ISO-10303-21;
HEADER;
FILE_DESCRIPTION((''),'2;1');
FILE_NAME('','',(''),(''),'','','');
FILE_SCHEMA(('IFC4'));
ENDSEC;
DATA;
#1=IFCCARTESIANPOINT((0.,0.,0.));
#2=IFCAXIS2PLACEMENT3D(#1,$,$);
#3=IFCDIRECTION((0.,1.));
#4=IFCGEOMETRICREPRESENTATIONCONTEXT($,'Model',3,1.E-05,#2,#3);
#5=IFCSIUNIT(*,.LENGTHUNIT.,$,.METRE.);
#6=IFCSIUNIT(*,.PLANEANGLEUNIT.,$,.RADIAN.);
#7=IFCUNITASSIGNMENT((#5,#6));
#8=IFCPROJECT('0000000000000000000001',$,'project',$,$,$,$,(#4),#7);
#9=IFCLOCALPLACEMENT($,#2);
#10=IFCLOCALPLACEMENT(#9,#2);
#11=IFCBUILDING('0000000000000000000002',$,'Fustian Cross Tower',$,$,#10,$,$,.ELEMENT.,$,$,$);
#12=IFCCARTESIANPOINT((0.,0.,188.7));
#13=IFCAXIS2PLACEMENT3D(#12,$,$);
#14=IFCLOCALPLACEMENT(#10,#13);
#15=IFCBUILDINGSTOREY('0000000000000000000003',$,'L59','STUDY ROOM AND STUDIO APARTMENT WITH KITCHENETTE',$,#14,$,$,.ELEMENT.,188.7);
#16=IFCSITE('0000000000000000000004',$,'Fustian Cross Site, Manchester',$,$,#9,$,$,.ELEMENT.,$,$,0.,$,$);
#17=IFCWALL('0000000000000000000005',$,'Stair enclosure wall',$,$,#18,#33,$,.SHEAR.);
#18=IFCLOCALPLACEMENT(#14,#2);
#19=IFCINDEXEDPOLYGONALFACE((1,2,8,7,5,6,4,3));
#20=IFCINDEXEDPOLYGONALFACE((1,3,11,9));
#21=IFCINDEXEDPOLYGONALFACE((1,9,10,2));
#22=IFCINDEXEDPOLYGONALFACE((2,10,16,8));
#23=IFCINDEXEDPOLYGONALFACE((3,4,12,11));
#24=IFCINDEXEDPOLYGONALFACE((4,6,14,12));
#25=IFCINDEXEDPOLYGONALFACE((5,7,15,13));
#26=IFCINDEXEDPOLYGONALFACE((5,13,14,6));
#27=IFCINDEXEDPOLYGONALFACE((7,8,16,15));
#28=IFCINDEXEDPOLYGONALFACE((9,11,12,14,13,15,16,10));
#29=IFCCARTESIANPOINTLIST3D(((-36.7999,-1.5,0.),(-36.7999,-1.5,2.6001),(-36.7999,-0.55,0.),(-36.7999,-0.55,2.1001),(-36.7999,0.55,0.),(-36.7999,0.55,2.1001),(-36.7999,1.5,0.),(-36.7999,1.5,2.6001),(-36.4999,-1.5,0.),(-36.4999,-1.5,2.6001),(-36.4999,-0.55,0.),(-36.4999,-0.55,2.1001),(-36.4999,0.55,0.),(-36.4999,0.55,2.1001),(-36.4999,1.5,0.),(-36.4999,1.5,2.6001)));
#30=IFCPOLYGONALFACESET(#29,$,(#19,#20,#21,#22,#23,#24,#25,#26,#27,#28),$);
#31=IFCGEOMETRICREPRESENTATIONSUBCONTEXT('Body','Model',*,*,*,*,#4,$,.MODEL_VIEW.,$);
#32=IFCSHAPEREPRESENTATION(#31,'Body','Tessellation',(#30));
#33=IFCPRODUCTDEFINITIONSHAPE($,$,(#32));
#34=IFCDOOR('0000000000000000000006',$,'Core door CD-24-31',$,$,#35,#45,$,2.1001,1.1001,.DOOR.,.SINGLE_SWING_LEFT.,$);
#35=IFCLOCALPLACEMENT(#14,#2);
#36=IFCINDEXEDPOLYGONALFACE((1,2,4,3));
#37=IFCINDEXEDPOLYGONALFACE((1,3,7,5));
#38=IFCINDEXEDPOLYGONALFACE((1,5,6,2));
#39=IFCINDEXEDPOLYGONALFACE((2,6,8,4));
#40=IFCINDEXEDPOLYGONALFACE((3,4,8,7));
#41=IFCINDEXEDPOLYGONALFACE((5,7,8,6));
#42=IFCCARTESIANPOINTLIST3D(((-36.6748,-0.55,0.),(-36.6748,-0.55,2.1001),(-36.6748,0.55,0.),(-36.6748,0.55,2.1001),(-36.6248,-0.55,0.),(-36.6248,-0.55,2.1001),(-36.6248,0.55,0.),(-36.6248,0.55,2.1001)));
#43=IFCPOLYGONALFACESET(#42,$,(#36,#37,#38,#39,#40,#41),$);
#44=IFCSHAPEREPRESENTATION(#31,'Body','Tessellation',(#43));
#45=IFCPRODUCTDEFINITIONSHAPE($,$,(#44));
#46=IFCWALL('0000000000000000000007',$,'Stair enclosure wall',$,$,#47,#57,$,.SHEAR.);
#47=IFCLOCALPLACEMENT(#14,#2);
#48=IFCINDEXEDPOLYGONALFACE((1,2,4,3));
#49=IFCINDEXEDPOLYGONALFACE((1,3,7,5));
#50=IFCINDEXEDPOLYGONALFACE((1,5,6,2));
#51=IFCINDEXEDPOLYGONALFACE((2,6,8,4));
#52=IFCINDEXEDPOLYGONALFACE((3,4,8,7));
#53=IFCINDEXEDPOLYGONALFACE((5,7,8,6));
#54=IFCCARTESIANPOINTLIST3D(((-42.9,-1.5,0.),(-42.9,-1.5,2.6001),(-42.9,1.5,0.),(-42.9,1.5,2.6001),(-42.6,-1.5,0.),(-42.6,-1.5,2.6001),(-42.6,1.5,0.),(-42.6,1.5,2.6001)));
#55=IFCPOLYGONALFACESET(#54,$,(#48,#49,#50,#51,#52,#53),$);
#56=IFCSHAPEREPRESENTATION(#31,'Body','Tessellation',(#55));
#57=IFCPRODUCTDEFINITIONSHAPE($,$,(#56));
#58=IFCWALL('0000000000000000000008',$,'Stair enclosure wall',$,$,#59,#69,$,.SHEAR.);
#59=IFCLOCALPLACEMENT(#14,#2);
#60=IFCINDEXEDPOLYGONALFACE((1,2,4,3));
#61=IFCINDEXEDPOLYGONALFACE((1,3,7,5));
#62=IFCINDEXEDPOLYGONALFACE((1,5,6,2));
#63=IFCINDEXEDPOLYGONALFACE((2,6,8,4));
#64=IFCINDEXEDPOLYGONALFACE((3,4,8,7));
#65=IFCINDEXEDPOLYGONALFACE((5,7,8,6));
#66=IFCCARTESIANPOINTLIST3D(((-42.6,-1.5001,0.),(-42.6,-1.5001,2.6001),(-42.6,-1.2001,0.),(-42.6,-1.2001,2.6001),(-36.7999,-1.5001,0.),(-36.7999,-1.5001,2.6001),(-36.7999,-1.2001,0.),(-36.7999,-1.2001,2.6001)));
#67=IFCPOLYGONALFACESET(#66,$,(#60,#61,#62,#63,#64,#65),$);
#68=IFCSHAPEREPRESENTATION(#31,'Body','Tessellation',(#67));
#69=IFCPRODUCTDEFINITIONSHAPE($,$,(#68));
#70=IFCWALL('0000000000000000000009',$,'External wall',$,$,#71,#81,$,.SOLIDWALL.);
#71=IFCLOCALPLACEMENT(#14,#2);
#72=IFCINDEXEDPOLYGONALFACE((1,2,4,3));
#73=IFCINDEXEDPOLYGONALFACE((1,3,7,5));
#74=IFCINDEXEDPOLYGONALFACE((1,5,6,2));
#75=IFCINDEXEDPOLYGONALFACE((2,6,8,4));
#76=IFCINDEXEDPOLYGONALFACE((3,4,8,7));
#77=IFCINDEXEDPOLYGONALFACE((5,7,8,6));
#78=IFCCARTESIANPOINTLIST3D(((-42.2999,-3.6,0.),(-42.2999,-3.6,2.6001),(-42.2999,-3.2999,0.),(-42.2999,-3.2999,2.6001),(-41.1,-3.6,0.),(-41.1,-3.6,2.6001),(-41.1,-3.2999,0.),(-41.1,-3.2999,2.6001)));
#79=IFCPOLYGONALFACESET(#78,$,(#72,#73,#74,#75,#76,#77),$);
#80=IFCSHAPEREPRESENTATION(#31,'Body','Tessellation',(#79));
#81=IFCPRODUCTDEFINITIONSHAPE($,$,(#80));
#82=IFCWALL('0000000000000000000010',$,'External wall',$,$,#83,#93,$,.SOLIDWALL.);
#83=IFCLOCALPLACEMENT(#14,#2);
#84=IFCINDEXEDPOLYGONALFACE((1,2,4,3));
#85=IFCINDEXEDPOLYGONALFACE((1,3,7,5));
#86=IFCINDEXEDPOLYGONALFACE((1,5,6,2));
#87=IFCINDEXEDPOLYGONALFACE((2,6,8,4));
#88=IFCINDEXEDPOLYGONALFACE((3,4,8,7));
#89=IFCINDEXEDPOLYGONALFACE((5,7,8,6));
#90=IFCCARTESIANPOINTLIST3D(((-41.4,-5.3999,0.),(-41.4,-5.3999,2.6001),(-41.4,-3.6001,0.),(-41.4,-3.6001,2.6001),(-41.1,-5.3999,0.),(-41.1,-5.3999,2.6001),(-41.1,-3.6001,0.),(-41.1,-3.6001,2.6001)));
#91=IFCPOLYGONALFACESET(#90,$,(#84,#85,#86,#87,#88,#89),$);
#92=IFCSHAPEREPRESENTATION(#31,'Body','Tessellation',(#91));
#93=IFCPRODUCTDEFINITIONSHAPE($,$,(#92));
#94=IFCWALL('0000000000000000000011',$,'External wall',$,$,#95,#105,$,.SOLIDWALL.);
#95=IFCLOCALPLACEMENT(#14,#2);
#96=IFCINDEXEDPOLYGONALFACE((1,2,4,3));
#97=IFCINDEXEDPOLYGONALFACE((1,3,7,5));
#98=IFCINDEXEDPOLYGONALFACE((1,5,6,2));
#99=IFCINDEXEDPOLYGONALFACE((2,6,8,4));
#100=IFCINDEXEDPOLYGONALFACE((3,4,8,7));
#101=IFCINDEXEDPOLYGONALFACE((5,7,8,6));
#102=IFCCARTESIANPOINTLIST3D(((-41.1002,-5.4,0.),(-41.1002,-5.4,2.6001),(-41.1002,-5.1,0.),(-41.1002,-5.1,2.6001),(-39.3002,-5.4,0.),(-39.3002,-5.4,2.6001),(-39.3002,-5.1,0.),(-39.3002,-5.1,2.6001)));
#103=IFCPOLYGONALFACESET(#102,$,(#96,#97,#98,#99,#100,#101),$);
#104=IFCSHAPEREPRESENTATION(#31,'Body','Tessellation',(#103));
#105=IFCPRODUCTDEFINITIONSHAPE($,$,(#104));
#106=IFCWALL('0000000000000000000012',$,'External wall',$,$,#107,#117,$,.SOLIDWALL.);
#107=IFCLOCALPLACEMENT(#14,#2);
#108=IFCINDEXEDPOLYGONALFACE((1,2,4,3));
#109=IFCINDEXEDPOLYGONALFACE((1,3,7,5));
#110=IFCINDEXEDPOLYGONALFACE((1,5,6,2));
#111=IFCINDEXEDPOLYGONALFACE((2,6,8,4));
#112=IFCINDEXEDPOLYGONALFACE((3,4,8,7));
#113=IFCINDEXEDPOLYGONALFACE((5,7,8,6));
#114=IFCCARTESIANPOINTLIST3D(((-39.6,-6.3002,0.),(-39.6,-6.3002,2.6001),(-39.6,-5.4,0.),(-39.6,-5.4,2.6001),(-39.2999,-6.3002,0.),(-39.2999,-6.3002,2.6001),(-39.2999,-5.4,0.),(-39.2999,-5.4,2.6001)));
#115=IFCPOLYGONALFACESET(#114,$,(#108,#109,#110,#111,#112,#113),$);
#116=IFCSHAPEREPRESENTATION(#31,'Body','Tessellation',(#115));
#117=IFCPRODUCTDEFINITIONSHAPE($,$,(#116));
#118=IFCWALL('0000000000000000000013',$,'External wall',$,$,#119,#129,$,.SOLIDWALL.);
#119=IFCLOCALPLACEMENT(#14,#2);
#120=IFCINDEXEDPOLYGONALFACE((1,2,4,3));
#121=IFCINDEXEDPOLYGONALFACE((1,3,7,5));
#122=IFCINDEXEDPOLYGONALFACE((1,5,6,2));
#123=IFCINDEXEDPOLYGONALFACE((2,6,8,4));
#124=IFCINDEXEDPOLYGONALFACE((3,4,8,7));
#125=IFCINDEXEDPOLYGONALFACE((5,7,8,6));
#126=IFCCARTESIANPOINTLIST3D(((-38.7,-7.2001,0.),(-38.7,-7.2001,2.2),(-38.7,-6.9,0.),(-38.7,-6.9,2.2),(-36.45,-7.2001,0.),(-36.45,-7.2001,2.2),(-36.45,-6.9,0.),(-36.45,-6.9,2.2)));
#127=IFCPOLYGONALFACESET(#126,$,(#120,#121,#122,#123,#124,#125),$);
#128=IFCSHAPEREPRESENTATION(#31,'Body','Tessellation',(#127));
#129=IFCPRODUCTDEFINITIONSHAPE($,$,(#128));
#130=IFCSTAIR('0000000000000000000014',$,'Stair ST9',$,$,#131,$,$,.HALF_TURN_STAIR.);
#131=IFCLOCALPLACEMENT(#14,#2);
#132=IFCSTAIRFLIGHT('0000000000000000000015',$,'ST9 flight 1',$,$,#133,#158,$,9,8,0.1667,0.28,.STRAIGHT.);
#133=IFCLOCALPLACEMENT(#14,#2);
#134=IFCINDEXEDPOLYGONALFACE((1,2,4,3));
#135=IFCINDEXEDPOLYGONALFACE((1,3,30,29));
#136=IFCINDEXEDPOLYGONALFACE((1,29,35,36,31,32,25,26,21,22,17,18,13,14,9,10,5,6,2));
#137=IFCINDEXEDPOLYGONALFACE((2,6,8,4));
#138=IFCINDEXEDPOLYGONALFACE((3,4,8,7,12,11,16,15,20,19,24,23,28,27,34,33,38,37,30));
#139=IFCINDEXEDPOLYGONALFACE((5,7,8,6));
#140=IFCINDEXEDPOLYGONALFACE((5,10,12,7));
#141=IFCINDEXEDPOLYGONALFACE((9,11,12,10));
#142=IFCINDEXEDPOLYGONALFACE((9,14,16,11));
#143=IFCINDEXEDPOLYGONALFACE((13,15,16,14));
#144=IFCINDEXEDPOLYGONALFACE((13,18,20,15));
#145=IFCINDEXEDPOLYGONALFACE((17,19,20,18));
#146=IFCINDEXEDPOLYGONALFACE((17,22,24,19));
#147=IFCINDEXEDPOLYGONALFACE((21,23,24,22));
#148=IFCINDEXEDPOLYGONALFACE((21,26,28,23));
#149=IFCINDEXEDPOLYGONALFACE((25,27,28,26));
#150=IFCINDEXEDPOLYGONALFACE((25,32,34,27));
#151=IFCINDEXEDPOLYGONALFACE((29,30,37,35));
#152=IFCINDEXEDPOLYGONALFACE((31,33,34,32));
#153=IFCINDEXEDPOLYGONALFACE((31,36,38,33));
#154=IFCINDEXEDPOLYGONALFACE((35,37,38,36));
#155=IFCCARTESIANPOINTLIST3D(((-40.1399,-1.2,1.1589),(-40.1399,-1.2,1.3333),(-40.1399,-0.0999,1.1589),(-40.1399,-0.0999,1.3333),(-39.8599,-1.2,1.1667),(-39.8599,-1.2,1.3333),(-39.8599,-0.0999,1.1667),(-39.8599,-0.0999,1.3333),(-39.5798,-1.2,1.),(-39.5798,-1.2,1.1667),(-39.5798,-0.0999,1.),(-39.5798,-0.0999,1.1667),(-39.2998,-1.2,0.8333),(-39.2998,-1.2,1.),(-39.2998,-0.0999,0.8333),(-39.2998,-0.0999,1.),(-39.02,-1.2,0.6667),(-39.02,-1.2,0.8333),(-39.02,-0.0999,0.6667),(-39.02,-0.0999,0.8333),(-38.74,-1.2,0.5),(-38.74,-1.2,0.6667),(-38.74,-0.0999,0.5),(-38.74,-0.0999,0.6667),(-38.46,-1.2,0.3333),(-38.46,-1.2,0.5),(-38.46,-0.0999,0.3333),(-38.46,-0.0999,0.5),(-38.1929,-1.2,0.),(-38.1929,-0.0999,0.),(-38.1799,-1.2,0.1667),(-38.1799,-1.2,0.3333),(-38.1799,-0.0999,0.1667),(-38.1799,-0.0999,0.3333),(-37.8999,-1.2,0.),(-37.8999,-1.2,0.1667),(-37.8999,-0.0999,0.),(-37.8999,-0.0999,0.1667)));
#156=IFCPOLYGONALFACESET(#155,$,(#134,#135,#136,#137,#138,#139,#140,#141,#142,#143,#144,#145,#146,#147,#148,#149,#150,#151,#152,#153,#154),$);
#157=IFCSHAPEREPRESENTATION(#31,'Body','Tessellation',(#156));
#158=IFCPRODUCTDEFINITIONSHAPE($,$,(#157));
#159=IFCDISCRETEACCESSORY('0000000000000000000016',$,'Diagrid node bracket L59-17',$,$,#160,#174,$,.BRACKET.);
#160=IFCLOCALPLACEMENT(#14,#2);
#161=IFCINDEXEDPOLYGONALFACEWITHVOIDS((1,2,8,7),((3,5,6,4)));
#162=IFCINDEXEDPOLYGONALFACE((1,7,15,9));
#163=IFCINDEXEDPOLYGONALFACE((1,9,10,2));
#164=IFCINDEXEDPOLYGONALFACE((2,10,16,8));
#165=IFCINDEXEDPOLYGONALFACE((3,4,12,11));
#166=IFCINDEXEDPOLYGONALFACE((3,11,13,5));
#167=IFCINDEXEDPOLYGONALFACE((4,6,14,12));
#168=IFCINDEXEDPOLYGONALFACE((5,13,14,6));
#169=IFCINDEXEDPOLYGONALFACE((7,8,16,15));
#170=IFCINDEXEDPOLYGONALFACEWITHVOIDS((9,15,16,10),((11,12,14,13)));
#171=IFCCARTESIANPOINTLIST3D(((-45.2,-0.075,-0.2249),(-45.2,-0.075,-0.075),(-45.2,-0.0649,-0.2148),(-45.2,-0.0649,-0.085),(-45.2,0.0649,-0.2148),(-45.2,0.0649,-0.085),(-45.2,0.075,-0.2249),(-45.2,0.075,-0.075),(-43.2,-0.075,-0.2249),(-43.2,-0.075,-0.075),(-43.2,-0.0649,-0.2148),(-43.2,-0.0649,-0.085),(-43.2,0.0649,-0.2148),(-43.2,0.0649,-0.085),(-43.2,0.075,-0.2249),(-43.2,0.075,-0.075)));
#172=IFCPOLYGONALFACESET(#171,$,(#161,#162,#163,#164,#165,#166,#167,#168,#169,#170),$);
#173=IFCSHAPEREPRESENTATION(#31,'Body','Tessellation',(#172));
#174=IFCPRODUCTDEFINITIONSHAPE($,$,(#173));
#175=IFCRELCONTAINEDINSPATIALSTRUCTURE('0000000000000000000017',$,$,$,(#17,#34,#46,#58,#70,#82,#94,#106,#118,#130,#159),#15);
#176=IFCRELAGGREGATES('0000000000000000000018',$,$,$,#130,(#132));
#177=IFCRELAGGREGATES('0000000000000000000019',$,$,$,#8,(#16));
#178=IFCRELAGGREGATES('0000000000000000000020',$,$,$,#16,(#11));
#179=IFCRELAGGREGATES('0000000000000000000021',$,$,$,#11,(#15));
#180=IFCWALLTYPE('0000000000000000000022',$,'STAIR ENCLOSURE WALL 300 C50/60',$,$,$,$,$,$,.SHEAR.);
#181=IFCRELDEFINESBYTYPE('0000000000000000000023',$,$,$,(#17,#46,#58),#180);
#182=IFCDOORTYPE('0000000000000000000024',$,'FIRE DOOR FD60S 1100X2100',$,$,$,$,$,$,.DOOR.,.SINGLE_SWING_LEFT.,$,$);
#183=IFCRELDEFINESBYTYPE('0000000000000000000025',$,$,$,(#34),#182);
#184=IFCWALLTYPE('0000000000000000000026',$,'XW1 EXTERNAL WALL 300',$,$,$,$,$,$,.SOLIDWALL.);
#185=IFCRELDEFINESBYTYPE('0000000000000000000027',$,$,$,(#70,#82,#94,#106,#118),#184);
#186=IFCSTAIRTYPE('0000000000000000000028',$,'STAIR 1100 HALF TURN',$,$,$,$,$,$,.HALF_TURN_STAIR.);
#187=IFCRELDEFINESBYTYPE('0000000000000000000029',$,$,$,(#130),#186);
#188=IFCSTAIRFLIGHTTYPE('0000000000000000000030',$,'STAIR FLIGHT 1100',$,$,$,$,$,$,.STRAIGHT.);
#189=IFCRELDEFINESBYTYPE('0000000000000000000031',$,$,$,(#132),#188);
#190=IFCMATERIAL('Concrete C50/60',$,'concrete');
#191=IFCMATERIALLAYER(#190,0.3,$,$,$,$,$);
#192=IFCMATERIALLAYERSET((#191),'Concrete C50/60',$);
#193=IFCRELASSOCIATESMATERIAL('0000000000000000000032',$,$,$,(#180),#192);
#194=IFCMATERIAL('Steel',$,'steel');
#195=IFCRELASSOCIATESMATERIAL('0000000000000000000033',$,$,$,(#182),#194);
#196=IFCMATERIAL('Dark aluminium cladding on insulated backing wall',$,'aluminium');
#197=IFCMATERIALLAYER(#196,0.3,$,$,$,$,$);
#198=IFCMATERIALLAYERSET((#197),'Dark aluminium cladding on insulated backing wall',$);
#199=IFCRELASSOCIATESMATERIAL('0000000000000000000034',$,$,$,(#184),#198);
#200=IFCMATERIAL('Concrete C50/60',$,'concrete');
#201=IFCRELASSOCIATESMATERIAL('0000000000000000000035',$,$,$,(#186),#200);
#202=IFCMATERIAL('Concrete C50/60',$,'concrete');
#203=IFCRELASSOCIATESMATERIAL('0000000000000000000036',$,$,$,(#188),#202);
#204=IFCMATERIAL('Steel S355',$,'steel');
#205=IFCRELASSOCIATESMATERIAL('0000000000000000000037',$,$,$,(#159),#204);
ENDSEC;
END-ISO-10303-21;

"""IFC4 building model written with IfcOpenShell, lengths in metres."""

from ifc_helpers import new_model, si_unit, direction, frame, frame_2d, origin, origin_2d, place, context, subcontext, project, spatial, polyline, rectangle, hollow_rectangle, outline, extrude, material, layer, layer_set, type_object, element, fill, aggregate, save


model = new_model("IFC4")

# Units and contexts
model_context = context("Model", 3, precision=1e-05, world=origin(), true_north=direction((0.0, 1.0)))
body_context = subcontext(model_context, "Body", "Model", "MODEL_VIEW")
ifc_project = project(units=[si_unit("LENGTHUNIT", "METRE"), si_unit("PLANEANGLEUNIT", "RADIAN")], contexts=[model_context])

# Site, building, storey
site_placement = place(None, origin())
site = spatial("IfcSite", under=ifc_project, at=site_placement, Name="Fustian Cross Site, Manchester", CompositionType="ELEMENT", RefElevation=0.0)
building_placement = place(site_placement, origin())
building = spatial("IfcBuilding", under=site, at=building_placement, Name="Fustian Cross Tower", CompositionType="ELEMENT")
storey_placement = place(building_placement, frame((0.0, 0.0, 188.7)))
storey = spatial("IfcBuildingStorey", under=building, at=storey_placement, Name="L59", Description="STUDY ROOM AND STUDIO APARTMENT WITH KITCHENETTE", CompositionType="ELEMENT", Elevation=188.7)

# Wall, opening, door
ifc_material_1 = material(Name="Concrete C50/60", Category="concrete")
ifc_layer_1 = layer(ifc_material_1, 0.3)
ifc_layer_set_1 = layer_set([ifc_layer_1], Name="Concrete C50/60")
wall_type_1 = type_object("IfcWallType", Name="STAIR ENCLOSURE WALL 300 C50/60", PredefinedType="SHEAR", material=ifc_layer_set_1)
wall_1_placement = place(storey_placement, frame((-36.6499, -1.5, 0.0), z_axis=(0.0, 0.0, 1.0), x_axis=(0.0, 1.0, 0.0)))
wall_1 = element("IfcWall", 1, at=wall_1_placement, inside=storey, type_object=wall_type_1, Name="Stair enclosure wall", PredefinedType="SHEAR", context=body_context, shape_type="SweptSolid", body=[
    extrude(rectangle(XDim=3.0, YDim=0.3, at=frame_2d((1.5, 0.0))), origin(), (0.0, 0.0, 1.0), 2.6001),
])
opening_1_placement = place(wall_1_placement, frame((0.95, 0.0, 0.0)))
opening_1 = element("IfcOpeningElement", 2, at=opening_1_placement, cuts=wall_1, PredefinedType="OPENING", context=body_context, shape_type="SweptSolid", body=[
    extrude(rectangle(XDim=1.1001, YDim=2.1001, at=frame_2d((0.55, 1.05))), frame((0.0, 0.1599, 0.0), z_axis=(0.0, -1.0, 0.0), x_axis=(1.0, 0.0, 0.0)), (0.0, 0.0, 1.0), 0.3201),
])
ifc_material_2 = material(Name="Steel", Category="steel")
door_type_1 = type_object("IfcDoorType", Name="FIRE DOOR FD60S 1100X2100", OperationType="SINGLE_SWING_LEFT", PredefinedType="DOOR", material=ifc_material_2)
door_1_placement = place(opening_1_placement, origin())
door_1 = element("IfcDoor", 3, at=door_1_placement, inside=storey, type_object=door_type_1, Name="Core door CD-24-31", OperationType="SINGLE_SWING_LEFT", OverallHeight=2.1001, OverallWidth=1.1001, PredefinedType="DOOR", context=body_context, shape_type="SweptSolid", body=[
    extrude(rectangle(XDim=1.1001, YDim=2.1001, at=frame_2d((0.55, 1.05))), frame((0.0, 0.0249, 0.0), z_axis=(0.0, -1.0, 0.0), x_axis=(1.0, 0.0, 0.0)), (0.0, 0.0, 1.0), 0.05),
])
fill(opening_1, door_1)

# Walls
wall_2_placement = place(storey_placement, frame((-42.75, -1.5, 0.0), z_axis=(0.0, 0.0, 1.0), x_axis=(0.0, 1.0, 0.0)))
element("IfcWall", 4, at=wall_2_placement, inside=storey, type_object=wall_type_1, Name="Stair enclosure wall", PredefinedType="SHEAR", context=body_context, shape_type="SweptSolid", body=[
    extrude(rectangle(XDim=3.0, YDim=0.3, at=frame_2d((1.5, 0.0))), origin(), (0.0, 0.0, 1.0), 2.6001),
])
wall_3_placement = place(storey_placement, frame((-36.8, -1.3501, 0.0), z_axis=(0.0, 0.0, 1.0), x_axis=(-1.0, 0.0, 0.0)))
element("IfcWall", 5, at=wall_3_placement, inside=storey, type_object=wall_type_1, Name="Stair enclosure wall", PredefinedType="SHEAR", context=body_context, shape_type="SweptSolid", body=[
    extrude(rectangle(XDim=5.8, YDim=0.3, at=frame_2d((2.8999, 0.0))), origin(), (0.0, 0.0, 1.0), 2.6001),
])
ifc_material_3 = material(Name="Dark aluminium cladding on insulated backing wall", Category="aluminium")
ifc_layer_2 = layer(ifc_material_3, 0.3)
ifc_layer_set_2 = layer_set([ifc_layer_2], Name="Dark aluminium cladding on insulated backing wall")
wall_type_2 = type_object("IfcWallType", Name="XW1 EXTERNAL WALL 300", PredefinedType="SOLIDWALL", material=ifc_layer_set_2)
wall_4_placement = place(storey_placement, frame((-42.3, -3.45, 0.0), z_axis=(0.0, 0.0, 1.0), x_axis=(1.0, 0.0, 0.0)))
element("IfcWall", 6, at=wall_4_placement, inside=storey, type_object=wall_type_2, Name="External wall", PredefinedType="SOLIDWALL", context=body_context, shape_type="SweptSolid", body=[
    extrude(rectangle(XDim=1.2, YDim=0.3, at=frame_2d((0.6001, 0.0))), origin(), (0.0, 0.0, 1.0), 2.6001),
])
wall_5_placement = place(storey_placement, frame((-41.25, -3.6001, 0.0), z_axis=(0.0, 0.0, 1.0), x_axis=(0.0, -1.0, 0.0)))
element("IfcWall", 7, at=wall_5_placement, inside=storey, type_object=wall_type_2, Name="External wall", PredefinedType="SOLIDWALL", context=body_context, shape_type="SweptSolid", body=[
    extrude(rectangle(XDim=1.7998, YDim=0.3, at=frame_2d((0.8999, 0.0))), origin(), (0.0, 0.0, 1.0), 2.6001),
])
wall_6_placement = place(storey_placement, frame((-41.1001, -5.25, 0.0), z_axis=(0.0, 0.0, 1.0), x_axis=(1.0, 0.0, 0.0)))
element("IfcWall", 8, at=wall_6_placement, inside=storey, type_object=wall_type_2, Name="External wall", PredefinedType="SOLIDWALL", context=body_context, shape_type="SweptSolid", body=[
    extrude(rectangle(XDim=1.8, YDim=0.3, at=frame_2d((0.8999, 0.0))), origin(), (0.0, 0.0, 1.0), 2.6001),
])
wall_7_placement = place(storey_placement, frame((-39.45, -5.3999, 0.0), z_axis=(0.0, 0.0, 1.0), x_axis=(0.0, -1.0, 0.0)))
element("IfcWall", 9, at=wall_7_placement, inside=storey, type_object=wall_type_2, Name="External wall", PredefinedType="SOLIDWALL", context=body_context, shape_type="SweptSolid", body=[
    extrude(rectangle(XDim=0.9001, YDim=0.3, at=frame_2d((0.4502, 0.0))), origin(), (0.0, 0.0, 1.0), 2.6001),
])
wall_8_placement = place(storey_placement, frame((-38.7, -7.05, 0.0), z_axis=(0.0, 0.0, 1.0), x_axis=(1.0, 0.0, 0.0)))
element("IfcWall", 10, at=wall_8_placement, inside=storey, type_object=wall_type_2, Name="External wall", PredefinedType="SOLIDWALL", context=body_context, shape_type="SweptSolid", body=[
    extrude(rectangle(XDim=2.25, YDim=0.3, at=frame_2d((1.125, 0.0))), origin(), (0.0, 0.0, 1.0), 2.2),
])

# Stair, stair flight
ifc_material_4 = material(Name="Concrete C50/60", Category="concrete")
stair_type = type_object("IfcStairType", Name="STAIR 1100 HALF TURN", PredefinedType="HALF_TURN_STAIR", material=ifc_material_4)
stair_placement = place(storey_placement, origin())
stair = element("IfcStair", 11, at=stair_placement, inside=storey, type_object=stair_type, Name="Stair ST9", PredefinedType="HALF_TURN_STAIR")
ifc_material_5 = material(Name="Concrete C50/60", Category="concrete")
stair_flight_type = type_object("IfcStairFlightType", Name="STAIR FLIGHT 1100", PredefinedType="STRAIGHT", material=ifc_material_5)
stair_flight_placement = place(storey_placement, frame((-37.8999, -0.6499, 0.0), z_axis=(0.0, 0.0, 1.0), x_axis=(-1.0, 0.0, 0.0)))
stair_flight = element("IfcStairFlight", 12, at=stair_flight_placement, type_object=stair_flight_type, Name="ST9 flight 1", NumberOfRisers=9, NumberOfTreads=8, PredefinedType="STRAIGHT", RiserHeight=0.1667, TreadLength=0.28, context=body_context, shape_type="SweptSolid", body=[
    extrude(outline(polyline([(0.0, 0.0), (0.0, 0.1667), (0.28, 0.1667), (0.28, 0.3333), (0.5601, 0.3333), (0.5601, 0.5), (0.8401, 0.5), (0.8401, 0.6667), (1.1201, 0.6667), (1.1201, 0.8333), (1.3999, 0.8333), (1.3999, 1.0), (1.6799, 1.0), (1.6799, 1.1667), (1.96, 1.1667), (1.96, 1.3333), (2.24, 1.3333), (2.24, 1.5), (2.24, 1.1589), (0.293, 0.0), (0.0, 0.0)])), frame((0.0, 0.55, 0.0), z_axis=(0.0, -1.0, 0.0), x_axis=(1.0, 0.0, 0.0)), (0.0, 0.0, 1.0), 1.1001),
])
aggregate(stair, [stair_flight])

# Discrete accessory
ifc_material_6 = material(Name="Steel S355", Category="steel")
discrete_accessory_1_placement = place(storey_placement, frame((-45.2, 0.0, -0.1499), z_axis=(1.0, 0.0, 0.0), x_axis=(0.0, 1.0, 0.0)))
element("IfcDiscreteAccessory", 13, at=discrete_accessory_1_placement, inside=storey, material=ifc_material_6, Name="Diagrid node bracket L59-17", PredefinedType="BRACKET", context=body_context, shape_type="SweptSolid", body=[
    extrude(hollow_rectangle(XDim=0.1499, YDim=0.1499, WallThickness=0.01, at=origin_2d()), origin(), (0.0, 0.0, 1.0), 2.0),
])

save(model, "model.ifc")
